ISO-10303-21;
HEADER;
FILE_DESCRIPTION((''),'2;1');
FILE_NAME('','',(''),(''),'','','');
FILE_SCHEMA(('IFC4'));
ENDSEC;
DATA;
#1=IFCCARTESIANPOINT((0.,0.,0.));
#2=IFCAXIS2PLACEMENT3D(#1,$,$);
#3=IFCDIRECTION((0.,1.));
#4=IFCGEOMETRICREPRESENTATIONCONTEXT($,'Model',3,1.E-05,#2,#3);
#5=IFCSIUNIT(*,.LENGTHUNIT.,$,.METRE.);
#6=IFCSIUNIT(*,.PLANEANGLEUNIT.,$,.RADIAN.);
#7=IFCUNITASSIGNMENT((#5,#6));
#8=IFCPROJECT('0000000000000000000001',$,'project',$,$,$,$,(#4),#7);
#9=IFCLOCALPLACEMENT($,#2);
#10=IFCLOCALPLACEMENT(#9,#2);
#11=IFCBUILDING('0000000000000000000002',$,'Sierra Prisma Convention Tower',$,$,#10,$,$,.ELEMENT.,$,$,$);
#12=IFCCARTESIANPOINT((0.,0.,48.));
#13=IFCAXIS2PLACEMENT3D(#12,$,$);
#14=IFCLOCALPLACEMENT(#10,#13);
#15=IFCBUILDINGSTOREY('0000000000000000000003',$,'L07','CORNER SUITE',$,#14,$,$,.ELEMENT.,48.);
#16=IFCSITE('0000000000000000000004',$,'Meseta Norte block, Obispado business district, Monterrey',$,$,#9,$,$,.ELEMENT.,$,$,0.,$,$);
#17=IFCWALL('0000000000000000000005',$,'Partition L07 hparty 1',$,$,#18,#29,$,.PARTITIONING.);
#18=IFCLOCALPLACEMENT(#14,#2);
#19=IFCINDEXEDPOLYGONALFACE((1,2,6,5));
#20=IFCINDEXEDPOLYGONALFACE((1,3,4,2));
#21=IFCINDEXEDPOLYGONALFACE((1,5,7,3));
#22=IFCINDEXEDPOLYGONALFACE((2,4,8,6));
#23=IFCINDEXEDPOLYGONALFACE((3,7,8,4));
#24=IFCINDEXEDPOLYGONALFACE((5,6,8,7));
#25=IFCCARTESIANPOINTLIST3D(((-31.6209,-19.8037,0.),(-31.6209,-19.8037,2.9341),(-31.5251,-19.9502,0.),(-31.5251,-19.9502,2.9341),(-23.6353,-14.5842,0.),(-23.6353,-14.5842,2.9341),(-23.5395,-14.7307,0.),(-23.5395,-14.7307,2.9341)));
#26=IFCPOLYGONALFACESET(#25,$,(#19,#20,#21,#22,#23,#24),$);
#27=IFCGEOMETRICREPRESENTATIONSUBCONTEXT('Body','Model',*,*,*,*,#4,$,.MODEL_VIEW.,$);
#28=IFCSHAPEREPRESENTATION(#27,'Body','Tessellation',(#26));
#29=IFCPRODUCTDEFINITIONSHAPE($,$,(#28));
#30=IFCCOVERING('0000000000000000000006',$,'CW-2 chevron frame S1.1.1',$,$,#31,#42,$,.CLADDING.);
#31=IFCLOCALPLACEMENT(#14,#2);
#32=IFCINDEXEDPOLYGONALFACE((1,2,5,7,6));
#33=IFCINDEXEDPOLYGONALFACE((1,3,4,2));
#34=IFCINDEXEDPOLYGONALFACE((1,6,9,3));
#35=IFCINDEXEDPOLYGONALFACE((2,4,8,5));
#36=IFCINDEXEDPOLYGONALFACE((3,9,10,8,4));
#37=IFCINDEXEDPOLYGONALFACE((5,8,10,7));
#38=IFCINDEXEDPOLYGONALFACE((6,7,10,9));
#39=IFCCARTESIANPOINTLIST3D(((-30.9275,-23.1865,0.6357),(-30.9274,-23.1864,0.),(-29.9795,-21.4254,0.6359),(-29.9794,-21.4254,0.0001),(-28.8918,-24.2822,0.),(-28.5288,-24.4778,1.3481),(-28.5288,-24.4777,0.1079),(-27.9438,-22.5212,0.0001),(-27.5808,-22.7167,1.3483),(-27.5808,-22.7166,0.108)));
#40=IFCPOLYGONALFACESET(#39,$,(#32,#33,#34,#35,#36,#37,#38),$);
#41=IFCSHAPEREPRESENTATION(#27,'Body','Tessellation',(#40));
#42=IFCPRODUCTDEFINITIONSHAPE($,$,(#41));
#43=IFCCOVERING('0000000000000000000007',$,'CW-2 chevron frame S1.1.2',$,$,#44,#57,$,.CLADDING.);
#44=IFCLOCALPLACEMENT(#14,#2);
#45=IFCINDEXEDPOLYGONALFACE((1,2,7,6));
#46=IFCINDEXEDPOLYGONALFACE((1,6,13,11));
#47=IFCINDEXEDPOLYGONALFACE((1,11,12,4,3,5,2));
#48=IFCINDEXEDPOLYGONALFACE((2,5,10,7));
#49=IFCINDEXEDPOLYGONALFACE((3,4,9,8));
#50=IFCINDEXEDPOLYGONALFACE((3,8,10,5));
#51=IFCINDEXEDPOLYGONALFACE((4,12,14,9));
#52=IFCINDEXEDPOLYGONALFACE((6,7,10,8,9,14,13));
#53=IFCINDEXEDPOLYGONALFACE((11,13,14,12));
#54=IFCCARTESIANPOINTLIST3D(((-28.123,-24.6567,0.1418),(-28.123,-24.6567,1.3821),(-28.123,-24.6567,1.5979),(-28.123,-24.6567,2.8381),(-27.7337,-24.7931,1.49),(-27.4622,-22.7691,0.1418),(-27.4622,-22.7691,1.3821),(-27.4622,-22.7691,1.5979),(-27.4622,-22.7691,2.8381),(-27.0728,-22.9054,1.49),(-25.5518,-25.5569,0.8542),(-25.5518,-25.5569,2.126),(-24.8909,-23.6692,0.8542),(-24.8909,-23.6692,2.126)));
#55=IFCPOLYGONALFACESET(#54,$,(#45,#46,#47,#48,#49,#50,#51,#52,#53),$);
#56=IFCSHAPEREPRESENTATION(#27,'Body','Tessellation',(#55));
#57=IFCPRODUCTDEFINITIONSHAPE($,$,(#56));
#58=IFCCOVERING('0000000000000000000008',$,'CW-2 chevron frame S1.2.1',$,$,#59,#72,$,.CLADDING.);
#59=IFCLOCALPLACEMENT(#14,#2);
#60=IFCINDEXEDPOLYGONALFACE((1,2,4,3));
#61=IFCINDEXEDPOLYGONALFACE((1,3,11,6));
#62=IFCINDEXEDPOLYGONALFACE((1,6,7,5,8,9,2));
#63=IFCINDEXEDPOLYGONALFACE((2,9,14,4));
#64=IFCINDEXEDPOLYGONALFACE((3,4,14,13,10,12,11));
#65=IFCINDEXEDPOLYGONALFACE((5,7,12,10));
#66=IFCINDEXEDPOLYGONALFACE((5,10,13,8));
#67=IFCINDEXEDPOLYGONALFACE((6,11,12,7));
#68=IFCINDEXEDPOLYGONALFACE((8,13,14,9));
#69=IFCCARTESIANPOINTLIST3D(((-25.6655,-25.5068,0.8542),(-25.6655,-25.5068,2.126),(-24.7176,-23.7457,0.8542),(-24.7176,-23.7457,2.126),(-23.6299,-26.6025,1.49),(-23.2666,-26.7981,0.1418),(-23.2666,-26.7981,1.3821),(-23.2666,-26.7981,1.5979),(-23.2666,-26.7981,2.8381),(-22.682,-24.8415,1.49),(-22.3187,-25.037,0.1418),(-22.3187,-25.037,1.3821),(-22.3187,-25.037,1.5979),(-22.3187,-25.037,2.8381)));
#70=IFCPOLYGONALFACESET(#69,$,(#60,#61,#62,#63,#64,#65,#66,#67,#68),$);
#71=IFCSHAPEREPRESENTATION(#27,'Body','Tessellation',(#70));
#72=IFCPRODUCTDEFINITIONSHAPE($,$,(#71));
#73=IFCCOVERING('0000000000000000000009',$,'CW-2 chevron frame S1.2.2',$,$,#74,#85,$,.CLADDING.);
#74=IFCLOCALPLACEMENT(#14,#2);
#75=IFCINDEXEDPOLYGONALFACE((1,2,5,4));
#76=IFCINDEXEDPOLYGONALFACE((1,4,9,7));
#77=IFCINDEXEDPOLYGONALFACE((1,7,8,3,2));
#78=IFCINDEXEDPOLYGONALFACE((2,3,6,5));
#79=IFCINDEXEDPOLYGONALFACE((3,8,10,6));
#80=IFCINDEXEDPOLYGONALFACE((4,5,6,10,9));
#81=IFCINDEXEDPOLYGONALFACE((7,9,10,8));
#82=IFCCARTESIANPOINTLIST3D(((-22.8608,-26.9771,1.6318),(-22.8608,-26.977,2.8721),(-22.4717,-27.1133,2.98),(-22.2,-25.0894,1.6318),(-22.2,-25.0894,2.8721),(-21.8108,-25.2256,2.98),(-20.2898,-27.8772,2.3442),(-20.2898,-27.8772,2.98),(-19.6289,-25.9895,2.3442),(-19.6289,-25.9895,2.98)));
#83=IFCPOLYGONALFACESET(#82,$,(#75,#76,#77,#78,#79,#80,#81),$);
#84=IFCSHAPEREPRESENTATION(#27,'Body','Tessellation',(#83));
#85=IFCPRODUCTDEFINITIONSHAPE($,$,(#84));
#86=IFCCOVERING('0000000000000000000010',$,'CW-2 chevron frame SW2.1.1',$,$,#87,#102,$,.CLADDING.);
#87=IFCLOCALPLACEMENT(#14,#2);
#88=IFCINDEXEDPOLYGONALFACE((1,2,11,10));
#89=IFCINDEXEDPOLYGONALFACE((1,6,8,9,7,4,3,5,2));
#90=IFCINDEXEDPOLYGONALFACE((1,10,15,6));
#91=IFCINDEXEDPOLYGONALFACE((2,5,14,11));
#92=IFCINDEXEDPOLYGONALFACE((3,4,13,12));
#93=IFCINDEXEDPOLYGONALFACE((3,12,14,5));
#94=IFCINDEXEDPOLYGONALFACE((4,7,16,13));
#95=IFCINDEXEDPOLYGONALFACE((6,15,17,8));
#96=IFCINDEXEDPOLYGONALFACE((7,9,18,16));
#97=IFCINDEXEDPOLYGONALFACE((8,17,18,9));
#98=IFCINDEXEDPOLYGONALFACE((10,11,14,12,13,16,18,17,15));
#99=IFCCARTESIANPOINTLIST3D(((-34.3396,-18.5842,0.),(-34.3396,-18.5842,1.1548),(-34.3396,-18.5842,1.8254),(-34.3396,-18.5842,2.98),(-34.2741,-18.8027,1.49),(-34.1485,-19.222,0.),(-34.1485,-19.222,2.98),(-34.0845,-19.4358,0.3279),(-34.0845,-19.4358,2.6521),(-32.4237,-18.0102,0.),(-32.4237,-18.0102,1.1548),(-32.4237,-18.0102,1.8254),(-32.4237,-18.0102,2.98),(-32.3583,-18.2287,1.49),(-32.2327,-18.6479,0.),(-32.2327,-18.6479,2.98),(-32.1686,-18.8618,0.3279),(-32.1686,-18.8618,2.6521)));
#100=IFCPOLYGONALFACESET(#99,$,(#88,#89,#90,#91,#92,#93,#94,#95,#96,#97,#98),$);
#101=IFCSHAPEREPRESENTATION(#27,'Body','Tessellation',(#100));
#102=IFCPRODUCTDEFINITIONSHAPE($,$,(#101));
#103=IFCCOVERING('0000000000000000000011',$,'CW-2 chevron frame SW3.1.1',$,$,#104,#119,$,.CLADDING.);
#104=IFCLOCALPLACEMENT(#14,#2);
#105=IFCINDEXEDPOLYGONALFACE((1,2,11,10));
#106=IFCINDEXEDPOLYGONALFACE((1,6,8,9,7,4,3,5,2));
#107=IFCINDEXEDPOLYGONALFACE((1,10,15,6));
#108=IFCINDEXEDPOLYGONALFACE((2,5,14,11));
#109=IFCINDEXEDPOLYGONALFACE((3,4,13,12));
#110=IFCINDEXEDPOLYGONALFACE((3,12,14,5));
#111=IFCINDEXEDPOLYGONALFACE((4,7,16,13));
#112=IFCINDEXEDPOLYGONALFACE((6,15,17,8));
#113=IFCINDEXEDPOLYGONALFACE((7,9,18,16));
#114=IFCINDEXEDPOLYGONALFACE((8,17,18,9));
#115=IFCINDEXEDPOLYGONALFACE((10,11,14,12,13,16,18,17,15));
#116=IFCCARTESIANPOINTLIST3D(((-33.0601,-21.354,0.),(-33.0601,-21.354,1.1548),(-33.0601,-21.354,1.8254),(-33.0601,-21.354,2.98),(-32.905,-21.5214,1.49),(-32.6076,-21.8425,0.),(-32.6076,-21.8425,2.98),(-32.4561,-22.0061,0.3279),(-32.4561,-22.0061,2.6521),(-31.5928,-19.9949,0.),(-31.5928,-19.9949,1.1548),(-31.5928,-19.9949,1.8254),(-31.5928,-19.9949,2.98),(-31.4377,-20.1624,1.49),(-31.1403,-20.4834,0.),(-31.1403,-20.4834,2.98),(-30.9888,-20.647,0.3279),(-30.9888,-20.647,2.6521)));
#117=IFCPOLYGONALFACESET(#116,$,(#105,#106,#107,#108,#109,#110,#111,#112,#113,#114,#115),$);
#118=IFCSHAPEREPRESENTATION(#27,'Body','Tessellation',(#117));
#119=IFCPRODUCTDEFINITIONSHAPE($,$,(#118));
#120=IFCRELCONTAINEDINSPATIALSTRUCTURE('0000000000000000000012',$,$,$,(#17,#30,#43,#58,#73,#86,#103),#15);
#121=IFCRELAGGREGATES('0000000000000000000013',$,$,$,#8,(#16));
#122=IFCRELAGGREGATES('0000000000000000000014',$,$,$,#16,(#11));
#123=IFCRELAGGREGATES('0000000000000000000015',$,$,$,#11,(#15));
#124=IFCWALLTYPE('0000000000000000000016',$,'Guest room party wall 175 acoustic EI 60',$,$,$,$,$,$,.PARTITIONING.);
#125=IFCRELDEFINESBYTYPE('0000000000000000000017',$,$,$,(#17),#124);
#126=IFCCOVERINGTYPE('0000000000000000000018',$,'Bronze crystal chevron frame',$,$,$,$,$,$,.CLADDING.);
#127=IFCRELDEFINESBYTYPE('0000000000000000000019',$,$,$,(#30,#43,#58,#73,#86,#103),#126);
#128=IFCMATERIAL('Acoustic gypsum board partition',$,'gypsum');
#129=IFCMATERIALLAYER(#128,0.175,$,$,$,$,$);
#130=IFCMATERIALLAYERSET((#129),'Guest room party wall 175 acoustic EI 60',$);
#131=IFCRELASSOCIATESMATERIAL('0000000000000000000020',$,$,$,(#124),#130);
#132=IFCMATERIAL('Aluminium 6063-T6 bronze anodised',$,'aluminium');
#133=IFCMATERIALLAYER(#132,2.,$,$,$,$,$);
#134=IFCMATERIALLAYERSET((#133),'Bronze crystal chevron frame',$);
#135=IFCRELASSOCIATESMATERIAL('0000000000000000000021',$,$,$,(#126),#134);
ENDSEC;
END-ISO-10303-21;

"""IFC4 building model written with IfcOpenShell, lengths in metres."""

from ifc_helpers import new_model, si_unit, direction, frame, frame_2d, origin, place, context, subcontext, project, spatial, polyline, rectangle, outline, extrude, material, layer, layer_set, type_object, element, save


model = new_model("IFC4")

# Units and contexts
model_context = context("Model", 3, precision=1e-05, world=origin(), true_north=direction((0.0, 1.0)))
body_context = subcontext(model_context, "Body", "Model", "MODEL_VIEW")
ifc_project = project(units=[si_unit("LENGTHUNIT", "METRE"), si_unit("PLANEANGLEUNIT", "RADIAN")], contexts=[model_context])

# Site, building, storey
site_placement = place(None, origin())
site = spatial("IfcSite", under=ifc_project, at=site_placement, Name="Meseta Norte block, Obispado business district, Monterrey", CompositionType="ELEMENT", RefElevation=0.0)
building_placement = place(site_placement, origin())
building = spatial("IfcBuilding", under=site, at=building_placement, Name="Sierra Prisma Convention Tower", CompositionType="ELEMENT")
storey_placement = place(building_placement, frame((0.0, 0.0, 48.0)))
storey = spatial("IfcBuildingStorey", under=building, at=storey_placement, Name="L07", Description="CORNER SUITE", CompositionType="ELEMENT", Elevation=48.0)

# Wall
ifc_material_1 = material(Name="Acoustic gypsum board partition", Category="gypsum")
ifc_layer_1 = layer(ifc_material_1, 0.175)
ifc_layer_set_1 = layer_set([ifc_layer_1], Name="Guest room party wall 175 acoustic EI 60")
wall_type_1 = type_object("IfcWallType", Name="Guest room party wall 175 acoustic EI 60", PredefinedType="PARTITIONING", material=ifc_layer_set_1)
wall_1_placement = place(storey_placement, frame((-31.573, -19.877, 0.0), z_axis=(0.0, 0.0, 1.0), x_axis=(0.837059, 0.547112, 0.0)))
element("IfcWall", 1, at=wall_1_placement, inside=storey, type_object=wall_type_1, Name="Partition L07 hparty 1", PredefinedType="PARTITIONING", context=body_context, shape_type="SweptSolid", body=[
    extrude(rectangle(XDim=9.54, YDim=0.175, at=frame_2d((4.77, 0.0))), origin(), (0.0, 0.0, 1.0), 2.9341),
])

# Coverings
ifc_material_2 = material(Name="Aluminium 6063-T6 bronze anodised", Category="aluminium")
ifc_layer_2 = layer(ifc_material_2, 2.0)
ifc_layer_set_2 = layer_set([ifc_layer_2], Name="Bronze crystal chevron frame")
covering_type = type_object("IfcCoveringType", Name="Bronze crystal chevron frame", PredefinedType="CLADDING", material=ifc_layer_set_2)
covering_1_placement = place(storey_placement, frame((-28.8918, -24.2822, 0.0), z_axis=(-0.474002, -0.880524, -0.000057), x_axis=(0.851832, -0.458573, 0.253166)))
element("IfcCovering", 2, at=covering_1_placement, inside=storey, type_object=covering_type, Name="CW-2 chevron frame S1.1.1", PredefinedType="CLADDING", context=body_context, shape_type="SweptSolid", body=[
    extrude(outline(polyline([(0.0, 0.0), (0.4262, 0.0), (0.7402, 1.1998), (-2.0755, 1.2003), (-2.2365, 0.5853), (0.0, 0.0)])), origin(), (0.0, 0.0, -1.0), 2.0),
])
covering_2_placement = place(storey_placement, frame((-28.123, -24.6567, 1.3821), z_axis=(-0.330416, -0.943835, 0.0), x_axis=(0.0, 0.0, -1.0)))
element("IfcCovering", 3, at=covering_2_placement, inside=storey, type_object=covering_type, Name="CW-2 chevron frame S1.1.2", PredefinedType="CLADDING", context=body_context, shape_type="SweptSolid", body=[
    extrude(outline(polyline([(0.0, 0.0), (1.2402, 0.0), (0.5278, 2.7243), (-0.7439, 2.7243), (-1.4561, 0.0), (-0.2158, 0.0), (-0.1079, 0.4125), (0.0, 0.0)])), origin(), (0.0, 0.0, -1.0), 2.0),
])
covering_3_placement = place(storey_placement, frame((-25.6655, -25.5068, 0.8542), z_axis=(-0.473966, -0.880543, 0.0), x_axis=(0.851899, -0.458548, -0.252986)))
element("IfcCovering", 4, at=covering_3_placement, inside=storey, type_object=covering_type, Name="CW-2 chevron frame S1.2.1", PredefinedType="CLADDING", context=body_context, shape_type="SweptSolid", body=[
    extrude(outline(polyline([(0.0, 0.0), (2.816, 0.0), (2.5022, 1.1999), (2.0758, 1.1999), (2.4476, 1.4087), (2.1339, 2.6086), (-0.3217, 1.2304), (0.0, 0.0)])), origin(), (0.0, 0.0, -1.0), 2.0),
])
covering_4_placement = place(storey_placement, frame((-22.8608, -26.9771, 1.6318), z_axis=(-0.330443, -0.943826, 0.000009), x_axis=(0.913118, -0.319689, 0.253013)))
element("IfcCovering", 5, at=covering_4_placement, inside=storey, type_object=covering_type, Name="CW-2 chevron frame S1.2.2", PredefinedType="CLADDING", context=body_context, shape_type="SweptSolid", body=[
    extrude(outline(polyline([(0.0, 0.0), (2.8157, 0.0), (2.9765, 0.6151), (0.74, 1.2), (0.3138, 1.1999), (0.0, 0.0)])), origin(), (0.0, 0.0, -1.0), 2.0),
])
covering_5_placement = place(storey_placement, frame((-34.3396, -18.5842, 0.0), z_axis=(-0.957927, -0.287013, 0.0), x_axis=(0.287013, -0.957927, 0.0)))
element("IfcCovering", 6, at=covering_5_placement, inside=storey, type_object=covering_type, Name="CW-2 chevron frame SW2.1.1", PredefinedType="CLADDING", context=body_context, shape_type="SweptSolid", body=[
    extrude(outline(polyline([(0.0, 0.0), (0.6657, 0.0), (0.889, 0.3279), (0.889, 2.6521), (0.6657, 2.98), (0.0, 2.98), (0.0, 1.8254), (0.2281, 1.49), (0.0, 1.1548), (0.0, 0.0)])), origin(), (0.0, 0.0, -1.0), 2.0),
])
covering_6_placement = place(storey_placement, frame((-33.0601, -21.354, 0.0), z_axis=(-0.733644, -0.679534, 0.0), x_axis=(0.679534, -0.733644, 0.0)))
element("IfcCovering", 7, at=covering_6_placement, inside=storey, type_object=covering_type, Name="CW-2 chevron frame SW3.1.1", PredefinedType="CLADDING", context=body_context, shape_type="SweptSolid", body=[
    extrude(outline(polyline([(0.0, 0.0), (0.6658, 0.0), (0.8889, 0.3279), (0.8889, 2.6521), (0.6658, 2.98), (0.0, 2.98), (0.0, 1.8254), (0.2282, 1.49), (0.0, 1.1548), (0.0, 0.0)])), origin(), (0.0, 0.0, -1.0), 2.0),
])

save(model, "model.ifc")
